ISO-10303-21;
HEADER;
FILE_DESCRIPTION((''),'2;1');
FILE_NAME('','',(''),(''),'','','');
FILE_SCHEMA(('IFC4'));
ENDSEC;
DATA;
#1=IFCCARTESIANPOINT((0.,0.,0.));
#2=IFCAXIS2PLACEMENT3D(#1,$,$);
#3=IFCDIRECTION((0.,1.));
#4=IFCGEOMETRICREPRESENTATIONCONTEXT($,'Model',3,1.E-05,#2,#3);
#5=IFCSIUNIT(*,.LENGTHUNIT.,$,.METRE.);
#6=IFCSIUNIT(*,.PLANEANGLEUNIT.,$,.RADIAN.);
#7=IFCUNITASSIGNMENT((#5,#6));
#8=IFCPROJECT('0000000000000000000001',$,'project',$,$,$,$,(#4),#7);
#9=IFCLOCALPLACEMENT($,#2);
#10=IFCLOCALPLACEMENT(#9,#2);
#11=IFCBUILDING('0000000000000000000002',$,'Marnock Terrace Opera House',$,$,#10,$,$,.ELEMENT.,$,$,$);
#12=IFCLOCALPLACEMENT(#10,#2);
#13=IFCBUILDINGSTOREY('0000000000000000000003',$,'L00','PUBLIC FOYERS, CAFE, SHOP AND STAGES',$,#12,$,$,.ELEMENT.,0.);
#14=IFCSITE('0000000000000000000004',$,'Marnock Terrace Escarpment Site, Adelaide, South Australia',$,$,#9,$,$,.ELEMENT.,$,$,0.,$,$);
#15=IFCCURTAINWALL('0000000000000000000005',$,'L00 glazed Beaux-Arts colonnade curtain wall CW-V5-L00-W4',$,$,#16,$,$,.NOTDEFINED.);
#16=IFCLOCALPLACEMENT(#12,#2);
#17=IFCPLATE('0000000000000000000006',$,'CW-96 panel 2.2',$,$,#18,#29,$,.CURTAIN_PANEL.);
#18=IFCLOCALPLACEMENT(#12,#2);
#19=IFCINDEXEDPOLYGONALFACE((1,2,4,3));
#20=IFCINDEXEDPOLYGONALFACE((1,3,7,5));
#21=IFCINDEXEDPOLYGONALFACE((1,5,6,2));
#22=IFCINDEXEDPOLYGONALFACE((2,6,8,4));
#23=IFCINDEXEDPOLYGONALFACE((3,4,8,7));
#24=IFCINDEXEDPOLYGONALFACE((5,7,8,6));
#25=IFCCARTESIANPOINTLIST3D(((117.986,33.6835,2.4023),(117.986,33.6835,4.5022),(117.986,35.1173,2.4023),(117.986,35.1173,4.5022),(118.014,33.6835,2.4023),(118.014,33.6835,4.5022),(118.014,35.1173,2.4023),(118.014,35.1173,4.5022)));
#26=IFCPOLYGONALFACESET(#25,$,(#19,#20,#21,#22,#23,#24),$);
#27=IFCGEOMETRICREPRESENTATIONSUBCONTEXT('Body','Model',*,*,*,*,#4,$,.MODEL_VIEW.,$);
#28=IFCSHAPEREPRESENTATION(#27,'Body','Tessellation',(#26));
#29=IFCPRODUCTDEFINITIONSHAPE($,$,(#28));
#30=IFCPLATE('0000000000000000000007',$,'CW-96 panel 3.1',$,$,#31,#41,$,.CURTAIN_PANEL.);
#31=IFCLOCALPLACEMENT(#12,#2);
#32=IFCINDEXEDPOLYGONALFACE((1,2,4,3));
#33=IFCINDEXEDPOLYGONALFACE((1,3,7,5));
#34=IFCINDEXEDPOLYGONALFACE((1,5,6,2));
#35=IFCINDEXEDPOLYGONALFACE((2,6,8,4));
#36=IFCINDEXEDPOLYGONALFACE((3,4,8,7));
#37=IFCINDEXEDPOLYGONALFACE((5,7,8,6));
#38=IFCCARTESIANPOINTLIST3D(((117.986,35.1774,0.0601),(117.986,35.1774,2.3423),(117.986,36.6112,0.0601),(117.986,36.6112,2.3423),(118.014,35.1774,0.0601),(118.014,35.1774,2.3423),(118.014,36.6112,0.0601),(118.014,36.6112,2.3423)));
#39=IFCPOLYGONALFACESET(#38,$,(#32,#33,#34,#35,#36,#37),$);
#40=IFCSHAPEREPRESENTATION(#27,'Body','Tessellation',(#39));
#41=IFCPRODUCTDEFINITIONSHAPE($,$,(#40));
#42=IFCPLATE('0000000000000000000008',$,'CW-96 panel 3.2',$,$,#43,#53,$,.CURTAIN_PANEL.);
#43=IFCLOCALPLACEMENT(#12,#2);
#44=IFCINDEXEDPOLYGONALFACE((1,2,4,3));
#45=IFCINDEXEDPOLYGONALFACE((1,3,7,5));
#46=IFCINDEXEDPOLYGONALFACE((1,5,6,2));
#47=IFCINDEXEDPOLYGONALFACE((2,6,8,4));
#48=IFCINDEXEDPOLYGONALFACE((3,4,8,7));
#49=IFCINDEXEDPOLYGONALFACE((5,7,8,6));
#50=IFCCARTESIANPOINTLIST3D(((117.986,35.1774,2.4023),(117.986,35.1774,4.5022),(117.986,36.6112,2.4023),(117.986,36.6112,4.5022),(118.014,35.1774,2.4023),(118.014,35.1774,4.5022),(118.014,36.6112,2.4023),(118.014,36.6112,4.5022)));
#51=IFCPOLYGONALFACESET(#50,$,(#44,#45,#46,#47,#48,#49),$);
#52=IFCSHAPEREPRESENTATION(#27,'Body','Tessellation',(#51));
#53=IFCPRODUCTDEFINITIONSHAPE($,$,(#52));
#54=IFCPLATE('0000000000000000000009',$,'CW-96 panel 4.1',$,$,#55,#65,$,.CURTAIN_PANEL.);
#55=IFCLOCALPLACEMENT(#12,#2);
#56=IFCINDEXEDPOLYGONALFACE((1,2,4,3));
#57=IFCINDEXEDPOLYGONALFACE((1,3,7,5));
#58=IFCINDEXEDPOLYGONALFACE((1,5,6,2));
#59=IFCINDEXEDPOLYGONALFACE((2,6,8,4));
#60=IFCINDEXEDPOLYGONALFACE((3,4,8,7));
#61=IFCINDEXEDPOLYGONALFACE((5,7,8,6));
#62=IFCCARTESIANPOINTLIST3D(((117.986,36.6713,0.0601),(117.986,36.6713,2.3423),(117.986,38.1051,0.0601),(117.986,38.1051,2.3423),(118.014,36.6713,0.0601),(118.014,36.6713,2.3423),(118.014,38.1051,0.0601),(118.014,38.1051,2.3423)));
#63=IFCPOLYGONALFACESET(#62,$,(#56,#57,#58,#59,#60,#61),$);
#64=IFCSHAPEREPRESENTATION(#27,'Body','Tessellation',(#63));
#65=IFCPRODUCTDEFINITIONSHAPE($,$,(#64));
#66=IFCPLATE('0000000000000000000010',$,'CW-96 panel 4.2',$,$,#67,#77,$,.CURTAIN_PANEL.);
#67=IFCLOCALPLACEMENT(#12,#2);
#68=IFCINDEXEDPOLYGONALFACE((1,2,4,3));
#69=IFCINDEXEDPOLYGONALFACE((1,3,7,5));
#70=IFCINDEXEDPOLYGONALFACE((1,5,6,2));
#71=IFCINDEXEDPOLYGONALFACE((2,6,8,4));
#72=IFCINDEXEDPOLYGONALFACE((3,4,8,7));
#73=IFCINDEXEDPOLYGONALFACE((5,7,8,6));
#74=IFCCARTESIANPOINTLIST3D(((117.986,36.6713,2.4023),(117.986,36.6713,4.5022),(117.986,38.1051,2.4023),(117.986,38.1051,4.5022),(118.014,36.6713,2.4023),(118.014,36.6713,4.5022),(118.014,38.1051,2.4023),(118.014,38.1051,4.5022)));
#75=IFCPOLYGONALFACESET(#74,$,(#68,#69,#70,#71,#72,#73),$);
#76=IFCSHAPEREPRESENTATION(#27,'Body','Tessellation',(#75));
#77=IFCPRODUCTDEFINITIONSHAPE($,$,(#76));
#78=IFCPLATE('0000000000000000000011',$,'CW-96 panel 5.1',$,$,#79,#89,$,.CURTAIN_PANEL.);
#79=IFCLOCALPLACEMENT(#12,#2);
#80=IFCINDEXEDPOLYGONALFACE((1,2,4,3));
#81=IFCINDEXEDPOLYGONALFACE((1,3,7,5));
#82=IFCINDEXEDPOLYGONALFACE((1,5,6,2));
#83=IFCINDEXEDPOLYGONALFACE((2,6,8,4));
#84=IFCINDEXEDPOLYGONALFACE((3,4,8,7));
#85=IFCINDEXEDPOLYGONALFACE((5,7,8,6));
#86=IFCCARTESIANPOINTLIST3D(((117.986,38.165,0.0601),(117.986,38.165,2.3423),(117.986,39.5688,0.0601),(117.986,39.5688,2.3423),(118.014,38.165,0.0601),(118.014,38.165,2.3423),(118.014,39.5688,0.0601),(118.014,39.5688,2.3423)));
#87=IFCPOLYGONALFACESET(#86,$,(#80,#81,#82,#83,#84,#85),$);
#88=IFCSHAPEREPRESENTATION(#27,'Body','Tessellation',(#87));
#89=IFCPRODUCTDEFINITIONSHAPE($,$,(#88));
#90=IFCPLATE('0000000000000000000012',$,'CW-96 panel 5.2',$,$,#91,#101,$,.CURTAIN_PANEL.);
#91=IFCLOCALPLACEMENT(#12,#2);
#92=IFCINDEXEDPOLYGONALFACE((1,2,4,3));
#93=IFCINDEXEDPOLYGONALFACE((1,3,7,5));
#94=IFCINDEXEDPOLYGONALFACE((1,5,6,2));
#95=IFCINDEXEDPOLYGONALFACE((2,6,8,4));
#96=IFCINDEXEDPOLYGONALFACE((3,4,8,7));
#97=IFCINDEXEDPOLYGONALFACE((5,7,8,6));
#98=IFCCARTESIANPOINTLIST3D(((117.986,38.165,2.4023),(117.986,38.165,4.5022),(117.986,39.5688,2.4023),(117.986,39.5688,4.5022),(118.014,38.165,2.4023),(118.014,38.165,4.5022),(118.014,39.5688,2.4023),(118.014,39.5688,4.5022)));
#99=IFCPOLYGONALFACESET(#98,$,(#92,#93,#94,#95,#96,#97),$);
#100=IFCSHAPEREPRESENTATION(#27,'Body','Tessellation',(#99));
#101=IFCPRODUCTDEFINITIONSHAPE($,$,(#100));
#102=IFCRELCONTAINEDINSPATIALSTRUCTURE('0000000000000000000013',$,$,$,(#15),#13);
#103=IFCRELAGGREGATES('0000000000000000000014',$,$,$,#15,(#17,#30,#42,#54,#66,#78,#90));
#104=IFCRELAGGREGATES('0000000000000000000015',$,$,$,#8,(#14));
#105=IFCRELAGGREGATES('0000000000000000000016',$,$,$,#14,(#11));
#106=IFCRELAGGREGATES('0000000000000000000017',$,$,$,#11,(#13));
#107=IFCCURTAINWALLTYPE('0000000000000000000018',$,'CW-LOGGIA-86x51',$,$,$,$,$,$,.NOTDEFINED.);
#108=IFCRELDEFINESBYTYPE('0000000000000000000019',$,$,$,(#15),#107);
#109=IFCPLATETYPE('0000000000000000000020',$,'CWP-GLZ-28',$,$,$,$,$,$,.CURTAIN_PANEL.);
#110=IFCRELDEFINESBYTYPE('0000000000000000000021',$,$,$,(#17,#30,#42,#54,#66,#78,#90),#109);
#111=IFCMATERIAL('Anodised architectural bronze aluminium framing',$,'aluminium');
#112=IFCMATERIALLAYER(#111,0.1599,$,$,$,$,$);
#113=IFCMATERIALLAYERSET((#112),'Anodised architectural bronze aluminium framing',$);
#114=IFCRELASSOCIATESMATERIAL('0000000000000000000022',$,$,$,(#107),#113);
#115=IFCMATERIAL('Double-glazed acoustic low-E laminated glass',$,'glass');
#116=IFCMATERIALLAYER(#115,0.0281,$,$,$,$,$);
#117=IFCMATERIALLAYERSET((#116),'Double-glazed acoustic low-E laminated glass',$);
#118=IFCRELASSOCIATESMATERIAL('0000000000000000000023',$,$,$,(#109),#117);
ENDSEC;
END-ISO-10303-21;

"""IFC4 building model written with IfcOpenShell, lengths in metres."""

from ifc_helpers import new_model, si_unit, direction, frame, origin, origin_2d, place, context, subcontext, project, spatial, rectangle, extrude, material, layer, layer_set, type_object, element, aggregate, save


model = new_model("IFC4")

# Units and contexts
model_context = context("Model", 3, precision=1e-05, world=origin(), true_north=direction((0.0, 1.0)))
body_context = subcontext(model_context, "Body", "Model", "MODEL_VIEW")
ifc_project = project(units=[si_unit("LENGTHUNIT", "METRE"), si_unit("PLANEANGLEUNIT", "RADIAN")], contexts=[model_context])

# Site, building, storey
site_placement = place(None, origin())
site = spatial("IfcSite", under=ifc_project, at=site_placement, Name="Marnock Terrace Escarpment Site, Adelaide, South Australia", CompositionType="ELEMENT", RefElevation=0.0)
building_placement = place(site_placement, origin())
building = spatial("IfcBuilding", under=site, at=building_placement, Name="Marnock Terrace Opera House", CompositionType="ELEMENT")
storey_placement = place(building_placement, origin())
storey = spatial("IfcBuildingStorey", under=building, at=storey_placement, Name="L00", Description="PUBLIC FOYERS, CAFE, SHOP AND STAGES", CompositionType="ELEMENT", Elevation=0.0)

# Curtain wall, plates
ifc_material_1 = material(Name="Anodised architectural bronze aluminium framing", Category="aluminium")
ifc_layer_1 = layer(ifc_material_1, 0.1599)
ifc_layer_set_1 = layer_set([ifc_layer_1], Name="Anodised architectural bronze aluminium framing")
curtain_wall_type = type_object("IfcCurtainWallType", Name="CW-LOGGIA-86x51", PredefinedType="NOTDEFINED", material=ifc_layer_set_1)
curtain_wall_placement = place(storey_placement, origin())
curtain_wall = element("IfcCurtainWall", 1, at=curtain_wall_placement, inside=storey, type_object=curtain_wall_type, Name="L00 glazed Beaux-Arts colonnade curtain wall CW-V5-L00-W4", PredefinedType="NOTDEFINED")
ifc_material_2 = material(Name="Double-glazed acoustic low-E laminated glass", Category="glass")
ifc_layer_2 = layer(ifc_material_2, 0.0281)
ifc_layer_set_2 = layer_set([ifc_layer_2], Name="Double-glazed acoustic low-E laminated glass")
plate_type = type_object("IfcPlateType", Name="CWP-GLZ-28", PredefinedType="CURTAIN_PANEL", material=ifc_layer_set_2)
plate_1_placement = place(storey_placement, frame((118.0, 34.4004, 2.4023), z_axis=(0.0, 0.0, 1.0), x_axis=(0.0, 1.0, 0.0)))
plate_1 = element("IfcPlate", 2, at=plate_1_placement, type_object=plate_type, Name="CW-96 panel 2.2", PredefinedType="CURTAIN_PANEL", context=body_context, shape_type="SweptSolid", body=[
    extrude(rectangle(XDim=1.4338, YDim=0.0281, at=origin_2d()), origin(), (0.0, 0.0, 1.0), 2.0999),
])
plate_2_placement = place(storey_placement, frame((118.0, 35.8943, 0.0601), z_axis=(0.0, 0.0, 1.0), x_axis=(0.0, 1.0, 0.0)))
plate_2 = element("IfcPlate", 3, at=plate_2_placement, type_object=plate_type, Name="CW-96 panel 3.1", PredefinedType="CURTAIN_PANEL", context=body_context, shape_type="SweptSolid", body=[
    extrude(rectangle(XDim=1.4338, YDim=0.0281, at=origin_2d()), origin(), (0.0, 0.0, 1.0), 2.2822),
])
plate_3_placement = place(storey_placement, frame((118.0, 35.8943, 2.4023), z_axis=(0.0, 0.0, 1.0), x_axis=(0.0, 1.0, 0.0)))
plate_3 = element("IfcPlate", 4, at=plate_3_placement, type_object=plate_type, Name="CW-96 panel 3.2", PredefinedType="CURTAIN_PANEL", context=body_context, shape_type="SweptSolid", body=[
    extrude(rectangle(XDim=1.4338, YDim=0.0281, at=origin_2d()), origin(), (0.0, 0.0, 1.0), 2.0999),
])
plate_4_placement = place(storey_placement, frame((118.0, 37.3882, 0.0601), z_axis=(0.0, 0.0, 1.0), x_axis=(0.0, 1.0, 0.0)))
plate_4 = element("IfcPlate", 5, at=plate_4_placement, type_object=plate_type, Name="CW-96 panel 4.1", PredefinedType="CURTAIN_PANEL", context=body_context, shape_type="SweptSolid", body=[
    extrude(rectangle(XDim=1.4338, YDim=0.0281, at=origin_2d()), origin(), (0.0, 0.0, 1.0), 2.2822),
])
plate_5_placement = place(storey_placement, frame((118.0, 37.3882, 2.4023), z_axis=(0.0, 0.0, 1.0), x_axis=(0.0, 1.0, 0.0)))
plate_5 = element("IfcPlate", 6, at=plate_5_placement, type_object=plate_type, Name="CW-96 panel 4.2", PredefinedType="CURTAIN_PANEL", context=body_context, shape_type="SweptSolid", body=[
    extrude(rectangle(XDim=1.4338, YDim=0.0281, at=origin_2d()), origin(), (0.0, 0.0, 1.0), 2.0999),
])
plate_6_placement = place(storey_placement, frame((118.0, 38.8669, 0.0601), z_axis=(0.0, 0.0, 1.0), x_axis=(0.0, 1.0, 0.0)))
plate_6 = element("IfcPlate", 7, at=plate_6_placement, type_object=plate_type, Name="CW-96 panel 5.1", PredefinedType="CURTAIN_PANEL", context=body_context, shape_type="SweptSolid", body=[
    extrude(rectangle(XDim=1.4038, YDim=0.0281, at=origin_2d()), origin(), (0.0, 0.0, 1.0), 2.2822),
])
plate_7_placement = place(storey_placement, frame((118.0, 38.8669, 2.4023), z_axis=(0.0, 0.0, 1.0), x_axis=(0.0, 1.0, 0.0)))
plate_7 = element("IfcPlate", 8, at=plate_7_placement, type_object=plate_type, Name="CW-96 panel 5.2", PredefinedType="CURTAIN_PANEL", context=body_context, shape_type="SweptSolid", body=[
    extrude(rectangle(XDim=1.4038, YDim=0.0281, at=origin_2d()), origin(), (0.0, 0.0, 1.0), 2.0999),
])
aggregate(curtain_wall, [plate_1, plate_2, plate_3, plate_4, plate_5, plate_6, plate_7])

save(model, "model.ifc")
